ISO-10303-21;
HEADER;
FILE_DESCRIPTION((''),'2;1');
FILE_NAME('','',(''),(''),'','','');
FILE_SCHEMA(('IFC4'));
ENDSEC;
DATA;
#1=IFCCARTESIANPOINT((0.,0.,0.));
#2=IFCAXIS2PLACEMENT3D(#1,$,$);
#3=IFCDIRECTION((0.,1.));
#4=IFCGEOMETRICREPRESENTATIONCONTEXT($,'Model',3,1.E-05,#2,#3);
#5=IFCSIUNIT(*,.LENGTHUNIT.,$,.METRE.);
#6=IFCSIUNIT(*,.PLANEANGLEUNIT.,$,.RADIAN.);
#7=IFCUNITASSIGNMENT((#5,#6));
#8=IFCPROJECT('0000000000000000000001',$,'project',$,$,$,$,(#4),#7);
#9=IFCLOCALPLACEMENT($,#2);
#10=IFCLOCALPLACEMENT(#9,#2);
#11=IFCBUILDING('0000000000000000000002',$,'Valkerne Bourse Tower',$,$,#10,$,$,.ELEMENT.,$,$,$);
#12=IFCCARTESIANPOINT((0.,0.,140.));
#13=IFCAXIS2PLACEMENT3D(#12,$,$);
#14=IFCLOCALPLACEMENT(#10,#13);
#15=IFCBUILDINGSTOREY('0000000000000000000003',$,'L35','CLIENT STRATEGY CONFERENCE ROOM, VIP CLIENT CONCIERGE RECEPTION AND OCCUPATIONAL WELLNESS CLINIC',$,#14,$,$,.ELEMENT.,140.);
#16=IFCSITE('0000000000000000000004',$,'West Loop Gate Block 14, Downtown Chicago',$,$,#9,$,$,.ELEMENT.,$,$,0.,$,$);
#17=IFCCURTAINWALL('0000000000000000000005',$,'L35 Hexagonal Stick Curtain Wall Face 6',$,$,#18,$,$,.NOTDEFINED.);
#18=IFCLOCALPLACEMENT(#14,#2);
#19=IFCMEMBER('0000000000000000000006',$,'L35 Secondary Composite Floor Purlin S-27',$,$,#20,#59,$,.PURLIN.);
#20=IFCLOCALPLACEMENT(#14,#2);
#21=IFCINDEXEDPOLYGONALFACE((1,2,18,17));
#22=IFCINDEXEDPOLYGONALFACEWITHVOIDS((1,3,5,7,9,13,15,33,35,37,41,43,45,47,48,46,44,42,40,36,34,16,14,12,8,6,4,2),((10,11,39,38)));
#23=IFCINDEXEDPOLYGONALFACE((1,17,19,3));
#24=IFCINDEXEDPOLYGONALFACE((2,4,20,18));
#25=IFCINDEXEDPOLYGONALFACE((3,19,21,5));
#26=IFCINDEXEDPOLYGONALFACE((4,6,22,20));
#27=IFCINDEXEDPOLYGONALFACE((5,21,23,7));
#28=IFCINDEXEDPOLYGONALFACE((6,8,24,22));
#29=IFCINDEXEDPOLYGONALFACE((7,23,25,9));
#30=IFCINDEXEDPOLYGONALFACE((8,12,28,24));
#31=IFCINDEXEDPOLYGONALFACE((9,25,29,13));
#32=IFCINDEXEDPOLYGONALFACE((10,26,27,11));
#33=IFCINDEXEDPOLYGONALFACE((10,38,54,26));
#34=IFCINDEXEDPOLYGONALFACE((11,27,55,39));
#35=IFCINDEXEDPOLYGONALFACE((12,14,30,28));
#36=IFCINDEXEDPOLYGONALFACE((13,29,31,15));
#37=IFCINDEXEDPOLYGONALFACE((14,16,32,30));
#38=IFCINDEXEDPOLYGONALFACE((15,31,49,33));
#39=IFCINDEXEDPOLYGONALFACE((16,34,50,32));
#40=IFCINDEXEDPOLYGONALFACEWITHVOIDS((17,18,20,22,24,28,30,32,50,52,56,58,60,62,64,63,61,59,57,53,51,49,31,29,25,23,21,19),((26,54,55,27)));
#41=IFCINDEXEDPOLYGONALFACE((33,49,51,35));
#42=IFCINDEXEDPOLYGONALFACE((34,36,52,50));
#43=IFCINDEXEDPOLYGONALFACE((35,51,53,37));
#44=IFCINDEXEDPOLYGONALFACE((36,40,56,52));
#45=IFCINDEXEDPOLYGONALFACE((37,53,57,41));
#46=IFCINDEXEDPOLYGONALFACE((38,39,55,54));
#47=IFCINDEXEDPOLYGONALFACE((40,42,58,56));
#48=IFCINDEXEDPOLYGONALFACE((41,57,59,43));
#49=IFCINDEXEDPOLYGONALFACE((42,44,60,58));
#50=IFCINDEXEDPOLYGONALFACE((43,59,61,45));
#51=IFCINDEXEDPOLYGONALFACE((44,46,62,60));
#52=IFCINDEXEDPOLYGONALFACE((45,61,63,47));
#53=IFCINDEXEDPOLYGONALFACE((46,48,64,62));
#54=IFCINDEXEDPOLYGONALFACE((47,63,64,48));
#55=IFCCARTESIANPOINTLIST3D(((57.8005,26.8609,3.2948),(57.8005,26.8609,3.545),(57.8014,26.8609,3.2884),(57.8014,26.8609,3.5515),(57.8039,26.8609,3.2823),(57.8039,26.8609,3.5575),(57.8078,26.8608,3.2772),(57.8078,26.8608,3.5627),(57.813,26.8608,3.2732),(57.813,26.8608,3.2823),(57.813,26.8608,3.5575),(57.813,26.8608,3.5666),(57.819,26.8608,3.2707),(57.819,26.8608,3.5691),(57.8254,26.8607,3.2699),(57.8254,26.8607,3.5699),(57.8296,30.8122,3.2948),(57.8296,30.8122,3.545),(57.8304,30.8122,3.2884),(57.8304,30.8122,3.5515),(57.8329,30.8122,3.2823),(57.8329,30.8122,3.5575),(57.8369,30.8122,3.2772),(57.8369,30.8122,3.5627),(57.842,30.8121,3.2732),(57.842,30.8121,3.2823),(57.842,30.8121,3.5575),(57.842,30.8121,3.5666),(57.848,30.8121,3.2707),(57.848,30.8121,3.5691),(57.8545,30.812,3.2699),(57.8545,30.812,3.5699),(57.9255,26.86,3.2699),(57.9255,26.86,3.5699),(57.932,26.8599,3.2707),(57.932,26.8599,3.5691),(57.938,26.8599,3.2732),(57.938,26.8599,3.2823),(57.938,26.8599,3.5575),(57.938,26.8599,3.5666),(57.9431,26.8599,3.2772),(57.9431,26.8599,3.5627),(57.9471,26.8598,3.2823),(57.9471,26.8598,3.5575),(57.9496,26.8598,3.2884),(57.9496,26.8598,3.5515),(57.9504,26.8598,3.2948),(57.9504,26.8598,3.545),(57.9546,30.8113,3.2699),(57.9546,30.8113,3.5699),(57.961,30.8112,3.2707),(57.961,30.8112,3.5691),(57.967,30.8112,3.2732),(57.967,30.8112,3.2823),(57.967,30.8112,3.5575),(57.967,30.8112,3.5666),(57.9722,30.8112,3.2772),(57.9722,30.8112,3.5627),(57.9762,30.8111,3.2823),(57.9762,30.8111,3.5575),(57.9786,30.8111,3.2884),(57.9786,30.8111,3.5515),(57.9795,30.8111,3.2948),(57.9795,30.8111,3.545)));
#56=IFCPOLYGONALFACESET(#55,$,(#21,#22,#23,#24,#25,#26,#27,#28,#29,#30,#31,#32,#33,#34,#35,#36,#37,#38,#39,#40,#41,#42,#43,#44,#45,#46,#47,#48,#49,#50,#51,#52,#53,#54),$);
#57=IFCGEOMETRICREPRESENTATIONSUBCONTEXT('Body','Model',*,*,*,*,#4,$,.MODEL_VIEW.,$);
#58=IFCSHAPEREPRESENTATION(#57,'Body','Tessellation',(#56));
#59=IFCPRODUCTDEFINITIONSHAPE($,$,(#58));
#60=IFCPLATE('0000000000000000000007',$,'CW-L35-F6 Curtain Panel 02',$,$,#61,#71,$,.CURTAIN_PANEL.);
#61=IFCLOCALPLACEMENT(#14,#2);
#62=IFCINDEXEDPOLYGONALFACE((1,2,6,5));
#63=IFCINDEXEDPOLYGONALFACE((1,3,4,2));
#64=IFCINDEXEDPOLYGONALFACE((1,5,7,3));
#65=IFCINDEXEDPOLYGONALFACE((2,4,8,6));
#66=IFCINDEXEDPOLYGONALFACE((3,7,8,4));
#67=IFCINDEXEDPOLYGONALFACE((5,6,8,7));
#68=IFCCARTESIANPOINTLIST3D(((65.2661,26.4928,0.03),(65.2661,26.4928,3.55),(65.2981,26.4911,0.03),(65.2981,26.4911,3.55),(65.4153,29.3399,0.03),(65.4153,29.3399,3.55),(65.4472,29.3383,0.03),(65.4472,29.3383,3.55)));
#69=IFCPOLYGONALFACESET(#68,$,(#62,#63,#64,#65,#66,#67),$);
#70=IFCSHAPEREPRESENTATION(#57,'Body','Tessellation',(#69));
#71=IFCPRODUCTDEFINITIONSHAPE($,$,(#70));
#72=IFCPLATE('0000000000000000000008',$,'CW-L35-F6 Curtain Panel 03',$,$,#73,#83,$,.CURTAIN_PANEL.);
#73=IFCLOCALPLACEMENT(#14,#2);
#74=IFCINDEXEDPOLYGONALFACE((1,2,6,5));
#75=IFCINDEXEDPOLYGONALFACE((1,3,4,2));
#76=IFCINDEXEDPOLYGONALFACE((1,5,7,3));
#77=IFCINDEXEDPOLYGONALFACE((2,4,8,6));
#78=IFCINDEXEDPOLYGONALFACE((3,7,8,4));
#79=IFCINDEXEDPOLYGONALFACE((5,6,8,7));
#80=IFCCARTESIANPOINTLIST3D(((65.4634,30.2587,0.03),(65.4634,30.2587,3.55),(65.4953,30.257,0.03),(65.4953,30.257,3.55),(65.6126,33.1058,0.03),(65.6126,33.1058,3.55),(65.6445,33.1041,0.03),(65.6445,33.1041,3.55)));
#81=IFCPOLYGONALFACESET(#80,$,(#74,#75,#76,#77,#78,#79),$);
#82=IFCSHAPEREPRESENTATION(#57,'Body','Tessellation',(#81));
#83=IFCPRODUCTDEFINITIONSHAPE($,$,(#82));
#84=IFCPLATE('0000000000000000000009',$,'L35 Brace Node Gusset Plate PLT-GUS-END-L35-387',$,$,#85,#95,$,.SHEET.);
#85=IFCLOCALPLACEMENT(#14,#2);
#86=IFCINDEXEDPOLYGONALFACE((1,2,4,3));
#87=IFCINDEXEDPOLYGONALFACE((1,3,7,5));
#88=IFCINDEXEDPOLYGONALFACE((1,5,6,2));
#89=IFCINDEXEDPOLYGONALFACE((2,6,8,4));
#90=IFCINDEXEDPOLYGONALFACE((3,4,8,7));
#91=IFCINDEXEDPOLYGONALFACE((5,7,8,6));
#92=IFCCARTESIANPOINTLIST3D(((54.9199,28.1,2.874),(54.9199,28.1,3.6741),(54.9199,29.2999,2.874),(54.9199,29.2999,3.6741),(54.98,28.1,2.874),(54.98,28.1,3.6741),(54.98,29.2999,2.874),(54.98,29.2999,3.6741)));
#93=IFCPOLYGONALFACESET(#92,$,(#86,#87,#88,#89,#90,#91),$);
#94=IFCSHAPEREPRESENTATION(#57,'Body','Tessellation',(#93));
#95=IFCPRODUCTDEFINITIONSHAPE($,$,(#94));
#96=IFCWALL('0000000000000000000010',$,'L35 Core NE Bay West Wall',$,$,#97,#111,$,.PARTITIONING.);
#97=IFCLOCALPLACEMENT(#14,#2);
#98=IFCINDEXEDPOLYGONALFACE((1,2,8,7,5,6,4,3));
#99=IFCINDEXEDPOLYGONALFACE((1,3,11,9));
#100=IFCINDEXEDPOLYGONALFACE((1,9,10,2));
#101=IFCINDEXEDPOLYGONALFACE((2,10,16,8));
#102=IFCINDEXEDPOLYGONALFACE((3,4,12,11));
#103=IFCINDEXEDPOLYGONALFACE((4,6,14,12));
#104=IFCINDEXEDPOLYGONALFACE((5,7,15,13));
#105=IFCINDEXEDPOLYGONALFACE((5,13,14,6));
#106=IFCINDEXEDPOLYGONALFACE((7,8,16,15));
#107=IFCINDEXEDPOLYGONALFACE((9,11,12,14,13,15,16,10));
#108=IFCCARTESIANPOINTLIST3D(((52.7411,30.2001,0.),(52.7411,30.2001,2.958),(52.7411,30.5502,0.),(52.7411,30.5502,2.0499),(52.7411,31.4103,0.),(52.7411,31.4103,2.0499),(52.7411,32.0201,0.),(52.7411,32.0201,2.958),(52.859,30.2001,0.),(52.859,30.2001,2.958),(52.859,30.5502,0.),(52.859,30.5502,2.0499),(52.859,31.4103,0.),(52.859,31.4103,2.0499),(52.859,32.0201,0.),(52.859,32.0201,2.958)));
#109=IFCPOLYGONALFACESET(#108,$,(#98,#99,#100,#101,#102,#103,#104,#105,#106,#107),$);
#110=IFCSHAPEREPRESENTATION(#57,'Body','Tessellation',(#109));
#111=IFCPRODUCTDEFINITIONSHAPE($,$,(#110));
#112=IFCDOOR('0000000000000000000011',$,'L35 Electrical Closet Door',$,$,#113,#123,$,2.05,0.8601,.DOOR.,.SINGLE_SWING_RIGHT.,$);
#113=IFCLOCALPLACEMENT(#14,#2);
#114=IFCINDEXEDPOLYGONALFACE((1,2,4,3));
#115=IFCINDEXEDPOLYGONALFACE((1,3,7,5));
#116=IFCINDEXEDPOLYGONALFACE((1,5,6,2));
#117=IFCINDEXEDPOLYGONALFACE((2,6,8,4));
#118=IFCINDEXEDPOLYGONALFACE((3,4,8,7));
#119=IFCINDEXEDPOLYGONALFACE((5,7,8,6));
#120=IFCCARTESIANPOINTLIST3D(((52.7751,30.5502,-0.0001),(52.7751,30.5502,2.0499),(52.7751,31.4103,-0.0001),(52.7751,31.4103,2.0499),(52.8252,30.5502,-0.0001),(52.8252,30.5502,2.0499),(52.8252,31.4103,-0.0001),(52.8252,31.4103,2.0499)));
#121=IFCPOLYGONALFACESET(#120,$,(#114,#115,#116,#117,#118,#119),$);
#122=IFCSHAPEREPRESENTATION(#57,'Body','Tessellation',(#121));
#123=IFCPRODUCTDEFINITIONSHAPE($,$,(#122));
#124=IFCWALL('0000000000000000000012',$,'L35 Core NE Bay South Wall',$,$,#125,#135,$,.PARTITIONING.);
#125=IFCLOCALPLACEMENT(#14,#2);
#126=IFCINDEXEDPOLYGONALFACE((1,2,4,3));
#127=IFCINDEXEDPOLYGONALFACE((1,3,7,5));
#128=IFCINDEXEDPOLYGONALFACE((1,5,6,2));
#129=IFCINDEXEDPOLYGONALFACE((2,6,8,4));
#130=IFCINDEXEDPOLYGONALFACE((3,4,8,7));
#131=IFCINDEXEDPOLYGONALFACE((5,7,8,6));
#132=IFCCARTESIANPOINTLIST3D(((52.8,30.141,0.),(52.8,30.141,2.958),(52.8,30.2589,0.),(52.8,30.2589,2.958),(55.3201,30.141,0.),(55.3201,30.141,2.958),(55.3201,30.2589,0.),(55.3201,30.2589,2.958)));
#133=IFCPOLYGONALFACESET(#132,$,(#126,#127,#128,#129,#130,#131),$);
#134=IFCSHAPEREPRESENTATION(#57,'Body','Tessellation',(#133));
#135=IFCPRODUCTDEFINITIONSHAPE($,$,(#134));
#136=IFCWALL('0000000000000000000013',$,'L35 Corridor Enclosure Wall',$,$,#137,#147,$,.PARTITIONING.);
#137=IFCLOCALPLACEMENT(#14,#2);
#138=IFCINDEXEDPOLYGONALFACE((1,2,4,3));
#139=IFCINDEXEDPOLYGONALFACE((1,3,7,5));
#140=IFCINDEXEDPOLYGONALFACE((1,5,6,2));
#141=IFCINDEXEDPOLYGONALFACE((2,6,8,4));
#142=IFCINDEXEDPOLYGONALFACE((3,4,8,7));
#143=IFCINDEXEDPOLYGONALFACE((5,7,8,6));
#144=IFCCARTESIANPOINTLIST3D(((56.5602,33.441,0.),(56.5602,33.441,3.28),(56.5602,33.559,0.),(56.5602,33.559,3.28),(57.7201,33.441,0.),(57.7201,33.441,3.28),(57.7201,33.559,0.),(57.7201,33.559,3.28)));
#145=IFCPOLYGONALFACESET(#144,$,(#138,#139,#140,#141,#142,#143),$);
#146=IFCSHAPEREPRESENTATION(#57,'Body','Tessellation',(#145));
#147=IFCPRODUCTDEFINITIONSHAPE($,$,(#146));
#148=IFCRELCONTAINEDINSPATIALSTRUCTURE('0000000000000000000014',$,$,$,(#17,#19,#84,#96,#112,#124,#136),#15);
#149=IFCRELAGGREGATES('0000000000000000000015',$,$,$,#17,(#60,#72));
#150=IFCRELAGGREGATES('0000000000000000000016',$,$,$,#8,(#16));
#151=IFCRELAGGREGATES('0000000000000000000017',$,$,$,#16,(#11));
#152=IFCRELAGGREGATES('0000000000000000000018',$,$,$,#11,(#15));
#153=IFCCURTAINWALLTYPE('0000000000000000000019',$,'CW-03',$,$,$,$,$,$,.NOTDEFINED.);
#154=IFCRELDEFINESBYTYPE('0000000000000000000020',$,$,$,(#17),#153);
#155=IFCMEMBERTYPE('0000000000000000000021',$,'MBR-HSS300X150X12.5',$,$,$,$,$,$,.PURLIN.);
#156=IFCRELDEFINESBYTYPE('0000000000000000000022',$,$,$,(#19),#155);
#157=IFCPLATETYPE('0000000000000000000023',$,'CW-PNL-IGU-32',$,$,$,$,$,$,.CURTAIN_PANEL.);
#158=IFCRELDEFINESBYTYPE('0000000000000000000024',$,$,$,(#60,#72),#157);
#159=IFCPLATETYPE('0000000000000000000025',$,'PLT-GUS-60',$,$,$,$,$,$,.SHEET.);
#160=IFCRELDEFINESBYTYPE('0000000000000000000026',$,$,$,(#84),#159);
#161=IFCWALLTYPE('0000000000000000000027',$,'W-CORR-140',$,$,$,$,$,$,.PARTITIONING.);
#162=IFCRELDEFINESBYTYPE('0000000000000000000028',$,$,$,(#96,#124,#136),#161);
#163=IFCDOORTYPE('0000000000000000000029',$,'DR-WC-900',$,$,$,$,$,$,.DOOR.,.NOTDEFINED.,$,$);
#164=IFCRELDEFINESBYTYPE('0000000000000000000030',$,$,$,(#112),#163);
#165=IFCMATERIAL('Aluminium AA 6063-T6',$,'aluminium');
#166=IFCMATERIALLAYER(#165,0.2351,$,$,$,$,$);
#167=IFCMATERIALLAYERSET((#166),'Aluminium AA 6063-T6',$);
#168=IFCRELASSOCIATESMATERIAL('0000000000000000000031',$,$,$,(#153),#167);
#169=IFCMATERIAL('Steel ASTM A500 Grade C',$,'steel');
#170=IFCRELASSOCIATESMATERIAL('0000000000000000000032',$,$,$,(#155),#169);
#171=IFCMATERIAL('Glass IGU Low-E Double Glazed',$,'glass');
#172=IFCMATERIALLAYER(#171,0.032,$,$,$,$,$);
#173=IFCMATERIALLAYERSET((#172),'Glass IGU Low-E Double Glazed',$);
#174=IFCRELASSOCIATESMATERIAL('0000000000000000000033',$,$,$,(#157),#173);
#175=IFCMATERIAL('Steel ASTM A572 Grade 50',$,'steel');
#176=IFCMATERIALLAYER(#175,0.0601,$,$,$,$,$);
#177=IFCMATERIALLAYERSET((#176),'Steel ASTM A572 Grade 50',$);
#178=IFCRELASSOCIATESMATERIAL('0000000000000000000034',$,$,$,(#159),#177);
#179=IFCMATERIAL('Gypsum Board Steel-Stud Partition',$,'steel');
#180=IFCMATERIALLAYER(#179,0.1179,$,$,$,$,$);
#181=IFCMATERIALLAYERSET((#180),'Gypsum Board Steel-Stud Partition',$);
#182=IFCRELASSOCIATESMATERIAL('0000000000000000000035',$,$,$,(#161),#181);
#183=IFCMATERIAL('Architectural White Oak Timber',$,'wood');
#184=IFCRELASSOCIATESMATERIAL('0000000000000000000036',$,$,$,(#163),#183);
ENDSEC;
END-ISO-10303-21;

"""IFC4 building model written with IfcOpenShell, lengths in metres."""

from ifc_helpers import new_model, si_unit, direction, frame, frame_2d, origin, origin_2d, place, context, subcontext, project, spatial, rectangle, hollow_rectangle, extrude, material, layer, layer_set, material_profile, profile_set, type_object, element, fill, aggregate, save


model = new_model("IFC4")

# Units and contexts
model_context = context("Model", 3, precision=1e-05, world=origin(), true_north=direction((0.0, 1.0)))
body_context = subcontext(model_context, "Body", "Model", "MODEL_VIEW")
ifc_project = project(units=[si_unit("LENGTHUNIT", "METRE"), si_unit("PLANEANGLEUNIT", "RADIAN")], contexts=[model_context])

# Site, building, storey
site_placement = place(None, origin())
site = spatial("IfcSite", under=ifc_project, at=site_placement, Name="West Loop Gate Block 14, Downtown Chicago", CompositionType="ELEMENT", RefElevation=0.0)
building_placement = place(site_placement, origin())
building = spatial("IfcBuilding", under=site, at=building_placement, Name="Valkerne Bourse Tower", CompositionType="ELEMENT")
storey_placement = place(building_placement, frame((0.0, 0.0, 140.0)))
storey = spatial("IfcBuildingStorey", under=building, at=storey_placement, Name="L35", Description="CLIENT STRATEGY CONFERENCE ROOM, VIP CLIENT CONCIERGE RECEPTION AND OCCUPATIONAL WELLNESS CLINIC", CompositionType="ELEMENT", Elevation=140.0)

# Curtain wall
ifc_material_1 = material(Name="Aluminium AA 6063-T6", Category="aluminium")
ifc_layer_1 = layer(ifc_material_1, 0.2351)
ifc_layer_set_1 = layer_set([ifc_layer_1], Name="Aluminium AA 6063-T6")
curtain_wall_type = type_object("IfcCurtainWallType", Name="CW-03", PredefinedType="NOTDEFINED", material=ifc_layer_set_1)
curtain_wall_placement = place(storey_placement, origin())
curtain_wall = element("IfcCurtainWall", 1, at=curtain_wall_placement, inside=storey, type_object=curtain_wall_type, Name="L35 Hexagonal Stick Curtain Wall Face 6", PredefinedType="NOTDEFINED")

# Member
ifc_material_2 = material(Name="Steel ASTM A500 Grade C", Category="steel")
ifc_material_profile_1 = material_profile(ifc_material_2, hollow_rectangle(XDim=0.1499, YDim=0.3, WallThickness=0.0125, OuterFilletRadius=0.0249, at=origin_2d()), Name="HSS300X150X12.5")
ifc_profile_set_1 = profile_set([ifc_material_profile_1], Name="Steel ASTM A500 Grade C")
member_type_1 = type_object("IfcMemberType", Name="MBR-HSS300X150X12.5", PredefinedType="PURLIN", material=ifc_profile_set_1)
member_1_placement = place(storey_placement, frame((57.8755, 26.8604, 3.4199), z_axis=(0.007352, 0.999973, 0.0), x_axis=(-0.999973, 0.007352, 0.0)))
element("IfcMember", 2, at=member_1_placement, inside=storey, type_object=member_type_1, Name="L35 Secondary Composite Floor Purlin S-27", PredefinedType="PURLIN", context=body_context, shape_type="SweptSolid", body=[
    extrude(hollow_rectangle(XDim=0.1499, YDim=0.3, WallThickness=0.0125, OuterFilletRadius=0.0249, at=origin_2d()), origin(), (0.0, 0.0, 1.0), 3.9514),
])

# Plates
ifc_material_3 = material(Name="Glass IGU Low-E Double Glazed", Category="glass")
ifc_layer_2 = layer(ifc_material_3, 0.032)
ifc_layer_set_2 = layer_set([ifc_layer_2], Name="Glass IGU Low-E Double Glazed")
plate_type_1 = type_object("IfcPlateType", Name="CW-PNL-IGU-32", PredefinedType="CURTAIN_PANEL", material=ifc_layer_set_2)
plate_1_placement = place(storey_placement, frame((65.3567, 27.9155, 0.03), z_axis=(0.0, 0.0, 1.0), x_axis=(0.052321, 0.99863, 0.0)))
plate_1 = element("IfcPlate", 3, at=plate_1_placement, type_object=plate_type_1, Name="CW-L35-F6 Curtain Panel 02", PredefinedType="CURTAIN_PANEL", context=body_context, shape_type="SweptSolid", body=[
    extrude(rectangle(XDim=2.8511, YDim=0.032, at=origin_2d()), origin(), (0.0, 0.0, 1.0), 3.52),
])
plate_2_placement = place(storey_placement, frame((65.554, 31.6814, 0.03), z_axis=(0.0, 0.0, 1.0), x_axis=(0.052347, 0.998629, 0.0)))
plate_2 = element("IfcPlate", 4, at=plate_2_placement, type_object=plate_type_1, Name="CW-L35-F6 Curtain Panel 03", PredefinedType="CURTAIN_PANEL", context=body_context, shape_type="SweptSolid", body=[
    extrude(rectangle(XDim=2.8511, YDim=0.032, at=origin_2d()), origin(), (0.0, 0.0, 1.0), 3.52),
])
aggregate(curtain_wall, [plate_1, plate_2])
ifc_material_4 = material(Name="Steel ASTM A572 Grade 50", Category="steel")
ifc_layer_3 = layer(ifc_material_4, 0.0601)
ifc_layer_set_3 = layer_set([ifc_layer_3], Name="Steel ASTM A572 Grade 50")
plate_type_2 = type_object("IfcPlateType", Name="PLT-GUS-60", PredefinedType="SHEET", material=ifc_layer_set_3)
plate_3_placement = place(storey_placement, frame((54.95, 28.7, 2.874), z_axis=(0.0, 0.0, 1.0), x_axis=(0.0, 1.0, 0.0)))
element("IfcPlate", 5, at=plate_3_placement, inside=storey, type_object=plate_type_2, Name="L35 Brace Node Gusset Plate PLT-GUS-END-L35-387", PredefinedType="SHEET", context=body_context, shape_type="SweptSolid", body=[
    extrude(rectangle(XDim=1.2, YDim=0.0601, at=origin_2d()), origin(), (0.0, 0.0, 1.0), 0.8),
])

# Wall, opening, door
ifc_material_5 = material(Name="Gypsum Board Steel-Stud Partition", Category="steel")
ifc_layer_4 = layer(ifc_material_5, 0.1179)
ifc_layer_set_4 = layer_set([ifc_layer_4], Name="Gypsum Board Steel-Stud Partition")
wall_type_1 = type_object("IfcWallType", Name="W-CORR-140", PredefinedType="PARTITIONING", material=ifc_layer_set_4)
wall_1_placement = place(storey_placement, frame((52.8, 30.2, 0.0), z_axis=(0.0, 0.0, 1.0), x_axis=(0.0, 1.0, 0.0)))
wall_1 = element("IfcWall", 6, at=wall_1_placement, inside=storey, type_object=wall_type_1, Name="L35 Core NE Bay West Wall", PredefinedType="PARTITIONING", context=body_context, shape_type="SweptSolid", body=[
    extrude(rectangle(XDim=1.8201, YDim=0.1179, at=frame_2d((0.9102, 0.0))), origin(), (0.0, 0.0, 1.0), 2.958),
])
opening_1_placement = place(wall_1_placement, frame((0.3501, 0.0, 0.0)))
opening_1 = element("IfcOpeningElement", 7, at=opening_1_placement, cuts=wall_1, PredefinedType="OPENING", context=body_context, shape_type="SweptSolid", body=[
    extrude(rectangle(XDim=0.8601, YDim=2.05, at=frame_2d((0.4302, 1.0249))), frame((0.0, 0.0688, 0.0), z_axis=(0.0, -1.0, 0.0), x_axis=(1.0, 0.0, 0.0)), (0.0, 0.0, 1.0), 0.1379),
])
ifc_material_6 = material(Name="Architectural White Oak Timber", Category="wood")
door_type_1 = type_object("IfcDoorType", Name="DR-WC-900", OperationType="NOTDEFINED", PredefinedType="DOOR", material=ifc_material_6)
door_1_placement = place(opening_1_placement, origin())
door_1 = element("IfcDoor", 8, at=door_1_placement, inside=storey, type_object=door_type_1, Name="L35 Electrical Closet Door", OperationType="SINGLE_SWING_RIGHT", OverallHeight=2.05, OverallWidth=0.8601, PredefinedType="DOOR", context=body_context, shape_type="SweptSolid", body=[
    extrude(rectangle(XDim=0.8601, YDim=2.05, at=frame_2d((0.4302, 1.0249))), frame((0.0, 0.0249, 0.0), z_axis=(0.0, -1.0, 0.0), x_axis=(1.0, 0.0, 0.0)), (0.0, 0.0, 1.0), 0.05),
])
fill(opening_1, door_1)

# Walls
wall_2_placement = place(storey_placement, frame((52.8, 30.2, 0.0), z_axis=(0.0, 0.0, 1.0), x_axis=(1.0, 0.0, 0.0)))
element("IfcWall", 9, at=wall_2_placement, inside=storey, type_object=wall_type_1, Name="L35 Core NE Bay South Wall", PredefinedType="PARTITIONING", context=body_context, shape_type="SweptSolid", body=[
    extrude(rectangle(XDim=2.52, YDim=0.1179, at=frame_2d((1.26, 0.0))), origin(), (0.0, 0.0, 1.0), 2.958),
])
wall_3_placement = place(storey_placement, frame((56.5601, 33.5, 0.0), z_axis=(0.0, 0.0, 1.0), x_axis=(1.0, 0.0, 0.0)))
element("IfcWall", 10, at=wall_3_placement, inside=storey, type_object=wall_type_1, Name="L35 Corridor Enclosure Wall", PredefinedType="PARTITIONING", context=body_context, shape_type="SweptSolid", body=[
    extrude(rectangle(XDim=1.1599, YDim=0.1179, at=frame_2d((0.5801, 0.0))), origin(), (0.0, 0.0, 1.0), 3.28),
])

save(model, "model.ifc")
